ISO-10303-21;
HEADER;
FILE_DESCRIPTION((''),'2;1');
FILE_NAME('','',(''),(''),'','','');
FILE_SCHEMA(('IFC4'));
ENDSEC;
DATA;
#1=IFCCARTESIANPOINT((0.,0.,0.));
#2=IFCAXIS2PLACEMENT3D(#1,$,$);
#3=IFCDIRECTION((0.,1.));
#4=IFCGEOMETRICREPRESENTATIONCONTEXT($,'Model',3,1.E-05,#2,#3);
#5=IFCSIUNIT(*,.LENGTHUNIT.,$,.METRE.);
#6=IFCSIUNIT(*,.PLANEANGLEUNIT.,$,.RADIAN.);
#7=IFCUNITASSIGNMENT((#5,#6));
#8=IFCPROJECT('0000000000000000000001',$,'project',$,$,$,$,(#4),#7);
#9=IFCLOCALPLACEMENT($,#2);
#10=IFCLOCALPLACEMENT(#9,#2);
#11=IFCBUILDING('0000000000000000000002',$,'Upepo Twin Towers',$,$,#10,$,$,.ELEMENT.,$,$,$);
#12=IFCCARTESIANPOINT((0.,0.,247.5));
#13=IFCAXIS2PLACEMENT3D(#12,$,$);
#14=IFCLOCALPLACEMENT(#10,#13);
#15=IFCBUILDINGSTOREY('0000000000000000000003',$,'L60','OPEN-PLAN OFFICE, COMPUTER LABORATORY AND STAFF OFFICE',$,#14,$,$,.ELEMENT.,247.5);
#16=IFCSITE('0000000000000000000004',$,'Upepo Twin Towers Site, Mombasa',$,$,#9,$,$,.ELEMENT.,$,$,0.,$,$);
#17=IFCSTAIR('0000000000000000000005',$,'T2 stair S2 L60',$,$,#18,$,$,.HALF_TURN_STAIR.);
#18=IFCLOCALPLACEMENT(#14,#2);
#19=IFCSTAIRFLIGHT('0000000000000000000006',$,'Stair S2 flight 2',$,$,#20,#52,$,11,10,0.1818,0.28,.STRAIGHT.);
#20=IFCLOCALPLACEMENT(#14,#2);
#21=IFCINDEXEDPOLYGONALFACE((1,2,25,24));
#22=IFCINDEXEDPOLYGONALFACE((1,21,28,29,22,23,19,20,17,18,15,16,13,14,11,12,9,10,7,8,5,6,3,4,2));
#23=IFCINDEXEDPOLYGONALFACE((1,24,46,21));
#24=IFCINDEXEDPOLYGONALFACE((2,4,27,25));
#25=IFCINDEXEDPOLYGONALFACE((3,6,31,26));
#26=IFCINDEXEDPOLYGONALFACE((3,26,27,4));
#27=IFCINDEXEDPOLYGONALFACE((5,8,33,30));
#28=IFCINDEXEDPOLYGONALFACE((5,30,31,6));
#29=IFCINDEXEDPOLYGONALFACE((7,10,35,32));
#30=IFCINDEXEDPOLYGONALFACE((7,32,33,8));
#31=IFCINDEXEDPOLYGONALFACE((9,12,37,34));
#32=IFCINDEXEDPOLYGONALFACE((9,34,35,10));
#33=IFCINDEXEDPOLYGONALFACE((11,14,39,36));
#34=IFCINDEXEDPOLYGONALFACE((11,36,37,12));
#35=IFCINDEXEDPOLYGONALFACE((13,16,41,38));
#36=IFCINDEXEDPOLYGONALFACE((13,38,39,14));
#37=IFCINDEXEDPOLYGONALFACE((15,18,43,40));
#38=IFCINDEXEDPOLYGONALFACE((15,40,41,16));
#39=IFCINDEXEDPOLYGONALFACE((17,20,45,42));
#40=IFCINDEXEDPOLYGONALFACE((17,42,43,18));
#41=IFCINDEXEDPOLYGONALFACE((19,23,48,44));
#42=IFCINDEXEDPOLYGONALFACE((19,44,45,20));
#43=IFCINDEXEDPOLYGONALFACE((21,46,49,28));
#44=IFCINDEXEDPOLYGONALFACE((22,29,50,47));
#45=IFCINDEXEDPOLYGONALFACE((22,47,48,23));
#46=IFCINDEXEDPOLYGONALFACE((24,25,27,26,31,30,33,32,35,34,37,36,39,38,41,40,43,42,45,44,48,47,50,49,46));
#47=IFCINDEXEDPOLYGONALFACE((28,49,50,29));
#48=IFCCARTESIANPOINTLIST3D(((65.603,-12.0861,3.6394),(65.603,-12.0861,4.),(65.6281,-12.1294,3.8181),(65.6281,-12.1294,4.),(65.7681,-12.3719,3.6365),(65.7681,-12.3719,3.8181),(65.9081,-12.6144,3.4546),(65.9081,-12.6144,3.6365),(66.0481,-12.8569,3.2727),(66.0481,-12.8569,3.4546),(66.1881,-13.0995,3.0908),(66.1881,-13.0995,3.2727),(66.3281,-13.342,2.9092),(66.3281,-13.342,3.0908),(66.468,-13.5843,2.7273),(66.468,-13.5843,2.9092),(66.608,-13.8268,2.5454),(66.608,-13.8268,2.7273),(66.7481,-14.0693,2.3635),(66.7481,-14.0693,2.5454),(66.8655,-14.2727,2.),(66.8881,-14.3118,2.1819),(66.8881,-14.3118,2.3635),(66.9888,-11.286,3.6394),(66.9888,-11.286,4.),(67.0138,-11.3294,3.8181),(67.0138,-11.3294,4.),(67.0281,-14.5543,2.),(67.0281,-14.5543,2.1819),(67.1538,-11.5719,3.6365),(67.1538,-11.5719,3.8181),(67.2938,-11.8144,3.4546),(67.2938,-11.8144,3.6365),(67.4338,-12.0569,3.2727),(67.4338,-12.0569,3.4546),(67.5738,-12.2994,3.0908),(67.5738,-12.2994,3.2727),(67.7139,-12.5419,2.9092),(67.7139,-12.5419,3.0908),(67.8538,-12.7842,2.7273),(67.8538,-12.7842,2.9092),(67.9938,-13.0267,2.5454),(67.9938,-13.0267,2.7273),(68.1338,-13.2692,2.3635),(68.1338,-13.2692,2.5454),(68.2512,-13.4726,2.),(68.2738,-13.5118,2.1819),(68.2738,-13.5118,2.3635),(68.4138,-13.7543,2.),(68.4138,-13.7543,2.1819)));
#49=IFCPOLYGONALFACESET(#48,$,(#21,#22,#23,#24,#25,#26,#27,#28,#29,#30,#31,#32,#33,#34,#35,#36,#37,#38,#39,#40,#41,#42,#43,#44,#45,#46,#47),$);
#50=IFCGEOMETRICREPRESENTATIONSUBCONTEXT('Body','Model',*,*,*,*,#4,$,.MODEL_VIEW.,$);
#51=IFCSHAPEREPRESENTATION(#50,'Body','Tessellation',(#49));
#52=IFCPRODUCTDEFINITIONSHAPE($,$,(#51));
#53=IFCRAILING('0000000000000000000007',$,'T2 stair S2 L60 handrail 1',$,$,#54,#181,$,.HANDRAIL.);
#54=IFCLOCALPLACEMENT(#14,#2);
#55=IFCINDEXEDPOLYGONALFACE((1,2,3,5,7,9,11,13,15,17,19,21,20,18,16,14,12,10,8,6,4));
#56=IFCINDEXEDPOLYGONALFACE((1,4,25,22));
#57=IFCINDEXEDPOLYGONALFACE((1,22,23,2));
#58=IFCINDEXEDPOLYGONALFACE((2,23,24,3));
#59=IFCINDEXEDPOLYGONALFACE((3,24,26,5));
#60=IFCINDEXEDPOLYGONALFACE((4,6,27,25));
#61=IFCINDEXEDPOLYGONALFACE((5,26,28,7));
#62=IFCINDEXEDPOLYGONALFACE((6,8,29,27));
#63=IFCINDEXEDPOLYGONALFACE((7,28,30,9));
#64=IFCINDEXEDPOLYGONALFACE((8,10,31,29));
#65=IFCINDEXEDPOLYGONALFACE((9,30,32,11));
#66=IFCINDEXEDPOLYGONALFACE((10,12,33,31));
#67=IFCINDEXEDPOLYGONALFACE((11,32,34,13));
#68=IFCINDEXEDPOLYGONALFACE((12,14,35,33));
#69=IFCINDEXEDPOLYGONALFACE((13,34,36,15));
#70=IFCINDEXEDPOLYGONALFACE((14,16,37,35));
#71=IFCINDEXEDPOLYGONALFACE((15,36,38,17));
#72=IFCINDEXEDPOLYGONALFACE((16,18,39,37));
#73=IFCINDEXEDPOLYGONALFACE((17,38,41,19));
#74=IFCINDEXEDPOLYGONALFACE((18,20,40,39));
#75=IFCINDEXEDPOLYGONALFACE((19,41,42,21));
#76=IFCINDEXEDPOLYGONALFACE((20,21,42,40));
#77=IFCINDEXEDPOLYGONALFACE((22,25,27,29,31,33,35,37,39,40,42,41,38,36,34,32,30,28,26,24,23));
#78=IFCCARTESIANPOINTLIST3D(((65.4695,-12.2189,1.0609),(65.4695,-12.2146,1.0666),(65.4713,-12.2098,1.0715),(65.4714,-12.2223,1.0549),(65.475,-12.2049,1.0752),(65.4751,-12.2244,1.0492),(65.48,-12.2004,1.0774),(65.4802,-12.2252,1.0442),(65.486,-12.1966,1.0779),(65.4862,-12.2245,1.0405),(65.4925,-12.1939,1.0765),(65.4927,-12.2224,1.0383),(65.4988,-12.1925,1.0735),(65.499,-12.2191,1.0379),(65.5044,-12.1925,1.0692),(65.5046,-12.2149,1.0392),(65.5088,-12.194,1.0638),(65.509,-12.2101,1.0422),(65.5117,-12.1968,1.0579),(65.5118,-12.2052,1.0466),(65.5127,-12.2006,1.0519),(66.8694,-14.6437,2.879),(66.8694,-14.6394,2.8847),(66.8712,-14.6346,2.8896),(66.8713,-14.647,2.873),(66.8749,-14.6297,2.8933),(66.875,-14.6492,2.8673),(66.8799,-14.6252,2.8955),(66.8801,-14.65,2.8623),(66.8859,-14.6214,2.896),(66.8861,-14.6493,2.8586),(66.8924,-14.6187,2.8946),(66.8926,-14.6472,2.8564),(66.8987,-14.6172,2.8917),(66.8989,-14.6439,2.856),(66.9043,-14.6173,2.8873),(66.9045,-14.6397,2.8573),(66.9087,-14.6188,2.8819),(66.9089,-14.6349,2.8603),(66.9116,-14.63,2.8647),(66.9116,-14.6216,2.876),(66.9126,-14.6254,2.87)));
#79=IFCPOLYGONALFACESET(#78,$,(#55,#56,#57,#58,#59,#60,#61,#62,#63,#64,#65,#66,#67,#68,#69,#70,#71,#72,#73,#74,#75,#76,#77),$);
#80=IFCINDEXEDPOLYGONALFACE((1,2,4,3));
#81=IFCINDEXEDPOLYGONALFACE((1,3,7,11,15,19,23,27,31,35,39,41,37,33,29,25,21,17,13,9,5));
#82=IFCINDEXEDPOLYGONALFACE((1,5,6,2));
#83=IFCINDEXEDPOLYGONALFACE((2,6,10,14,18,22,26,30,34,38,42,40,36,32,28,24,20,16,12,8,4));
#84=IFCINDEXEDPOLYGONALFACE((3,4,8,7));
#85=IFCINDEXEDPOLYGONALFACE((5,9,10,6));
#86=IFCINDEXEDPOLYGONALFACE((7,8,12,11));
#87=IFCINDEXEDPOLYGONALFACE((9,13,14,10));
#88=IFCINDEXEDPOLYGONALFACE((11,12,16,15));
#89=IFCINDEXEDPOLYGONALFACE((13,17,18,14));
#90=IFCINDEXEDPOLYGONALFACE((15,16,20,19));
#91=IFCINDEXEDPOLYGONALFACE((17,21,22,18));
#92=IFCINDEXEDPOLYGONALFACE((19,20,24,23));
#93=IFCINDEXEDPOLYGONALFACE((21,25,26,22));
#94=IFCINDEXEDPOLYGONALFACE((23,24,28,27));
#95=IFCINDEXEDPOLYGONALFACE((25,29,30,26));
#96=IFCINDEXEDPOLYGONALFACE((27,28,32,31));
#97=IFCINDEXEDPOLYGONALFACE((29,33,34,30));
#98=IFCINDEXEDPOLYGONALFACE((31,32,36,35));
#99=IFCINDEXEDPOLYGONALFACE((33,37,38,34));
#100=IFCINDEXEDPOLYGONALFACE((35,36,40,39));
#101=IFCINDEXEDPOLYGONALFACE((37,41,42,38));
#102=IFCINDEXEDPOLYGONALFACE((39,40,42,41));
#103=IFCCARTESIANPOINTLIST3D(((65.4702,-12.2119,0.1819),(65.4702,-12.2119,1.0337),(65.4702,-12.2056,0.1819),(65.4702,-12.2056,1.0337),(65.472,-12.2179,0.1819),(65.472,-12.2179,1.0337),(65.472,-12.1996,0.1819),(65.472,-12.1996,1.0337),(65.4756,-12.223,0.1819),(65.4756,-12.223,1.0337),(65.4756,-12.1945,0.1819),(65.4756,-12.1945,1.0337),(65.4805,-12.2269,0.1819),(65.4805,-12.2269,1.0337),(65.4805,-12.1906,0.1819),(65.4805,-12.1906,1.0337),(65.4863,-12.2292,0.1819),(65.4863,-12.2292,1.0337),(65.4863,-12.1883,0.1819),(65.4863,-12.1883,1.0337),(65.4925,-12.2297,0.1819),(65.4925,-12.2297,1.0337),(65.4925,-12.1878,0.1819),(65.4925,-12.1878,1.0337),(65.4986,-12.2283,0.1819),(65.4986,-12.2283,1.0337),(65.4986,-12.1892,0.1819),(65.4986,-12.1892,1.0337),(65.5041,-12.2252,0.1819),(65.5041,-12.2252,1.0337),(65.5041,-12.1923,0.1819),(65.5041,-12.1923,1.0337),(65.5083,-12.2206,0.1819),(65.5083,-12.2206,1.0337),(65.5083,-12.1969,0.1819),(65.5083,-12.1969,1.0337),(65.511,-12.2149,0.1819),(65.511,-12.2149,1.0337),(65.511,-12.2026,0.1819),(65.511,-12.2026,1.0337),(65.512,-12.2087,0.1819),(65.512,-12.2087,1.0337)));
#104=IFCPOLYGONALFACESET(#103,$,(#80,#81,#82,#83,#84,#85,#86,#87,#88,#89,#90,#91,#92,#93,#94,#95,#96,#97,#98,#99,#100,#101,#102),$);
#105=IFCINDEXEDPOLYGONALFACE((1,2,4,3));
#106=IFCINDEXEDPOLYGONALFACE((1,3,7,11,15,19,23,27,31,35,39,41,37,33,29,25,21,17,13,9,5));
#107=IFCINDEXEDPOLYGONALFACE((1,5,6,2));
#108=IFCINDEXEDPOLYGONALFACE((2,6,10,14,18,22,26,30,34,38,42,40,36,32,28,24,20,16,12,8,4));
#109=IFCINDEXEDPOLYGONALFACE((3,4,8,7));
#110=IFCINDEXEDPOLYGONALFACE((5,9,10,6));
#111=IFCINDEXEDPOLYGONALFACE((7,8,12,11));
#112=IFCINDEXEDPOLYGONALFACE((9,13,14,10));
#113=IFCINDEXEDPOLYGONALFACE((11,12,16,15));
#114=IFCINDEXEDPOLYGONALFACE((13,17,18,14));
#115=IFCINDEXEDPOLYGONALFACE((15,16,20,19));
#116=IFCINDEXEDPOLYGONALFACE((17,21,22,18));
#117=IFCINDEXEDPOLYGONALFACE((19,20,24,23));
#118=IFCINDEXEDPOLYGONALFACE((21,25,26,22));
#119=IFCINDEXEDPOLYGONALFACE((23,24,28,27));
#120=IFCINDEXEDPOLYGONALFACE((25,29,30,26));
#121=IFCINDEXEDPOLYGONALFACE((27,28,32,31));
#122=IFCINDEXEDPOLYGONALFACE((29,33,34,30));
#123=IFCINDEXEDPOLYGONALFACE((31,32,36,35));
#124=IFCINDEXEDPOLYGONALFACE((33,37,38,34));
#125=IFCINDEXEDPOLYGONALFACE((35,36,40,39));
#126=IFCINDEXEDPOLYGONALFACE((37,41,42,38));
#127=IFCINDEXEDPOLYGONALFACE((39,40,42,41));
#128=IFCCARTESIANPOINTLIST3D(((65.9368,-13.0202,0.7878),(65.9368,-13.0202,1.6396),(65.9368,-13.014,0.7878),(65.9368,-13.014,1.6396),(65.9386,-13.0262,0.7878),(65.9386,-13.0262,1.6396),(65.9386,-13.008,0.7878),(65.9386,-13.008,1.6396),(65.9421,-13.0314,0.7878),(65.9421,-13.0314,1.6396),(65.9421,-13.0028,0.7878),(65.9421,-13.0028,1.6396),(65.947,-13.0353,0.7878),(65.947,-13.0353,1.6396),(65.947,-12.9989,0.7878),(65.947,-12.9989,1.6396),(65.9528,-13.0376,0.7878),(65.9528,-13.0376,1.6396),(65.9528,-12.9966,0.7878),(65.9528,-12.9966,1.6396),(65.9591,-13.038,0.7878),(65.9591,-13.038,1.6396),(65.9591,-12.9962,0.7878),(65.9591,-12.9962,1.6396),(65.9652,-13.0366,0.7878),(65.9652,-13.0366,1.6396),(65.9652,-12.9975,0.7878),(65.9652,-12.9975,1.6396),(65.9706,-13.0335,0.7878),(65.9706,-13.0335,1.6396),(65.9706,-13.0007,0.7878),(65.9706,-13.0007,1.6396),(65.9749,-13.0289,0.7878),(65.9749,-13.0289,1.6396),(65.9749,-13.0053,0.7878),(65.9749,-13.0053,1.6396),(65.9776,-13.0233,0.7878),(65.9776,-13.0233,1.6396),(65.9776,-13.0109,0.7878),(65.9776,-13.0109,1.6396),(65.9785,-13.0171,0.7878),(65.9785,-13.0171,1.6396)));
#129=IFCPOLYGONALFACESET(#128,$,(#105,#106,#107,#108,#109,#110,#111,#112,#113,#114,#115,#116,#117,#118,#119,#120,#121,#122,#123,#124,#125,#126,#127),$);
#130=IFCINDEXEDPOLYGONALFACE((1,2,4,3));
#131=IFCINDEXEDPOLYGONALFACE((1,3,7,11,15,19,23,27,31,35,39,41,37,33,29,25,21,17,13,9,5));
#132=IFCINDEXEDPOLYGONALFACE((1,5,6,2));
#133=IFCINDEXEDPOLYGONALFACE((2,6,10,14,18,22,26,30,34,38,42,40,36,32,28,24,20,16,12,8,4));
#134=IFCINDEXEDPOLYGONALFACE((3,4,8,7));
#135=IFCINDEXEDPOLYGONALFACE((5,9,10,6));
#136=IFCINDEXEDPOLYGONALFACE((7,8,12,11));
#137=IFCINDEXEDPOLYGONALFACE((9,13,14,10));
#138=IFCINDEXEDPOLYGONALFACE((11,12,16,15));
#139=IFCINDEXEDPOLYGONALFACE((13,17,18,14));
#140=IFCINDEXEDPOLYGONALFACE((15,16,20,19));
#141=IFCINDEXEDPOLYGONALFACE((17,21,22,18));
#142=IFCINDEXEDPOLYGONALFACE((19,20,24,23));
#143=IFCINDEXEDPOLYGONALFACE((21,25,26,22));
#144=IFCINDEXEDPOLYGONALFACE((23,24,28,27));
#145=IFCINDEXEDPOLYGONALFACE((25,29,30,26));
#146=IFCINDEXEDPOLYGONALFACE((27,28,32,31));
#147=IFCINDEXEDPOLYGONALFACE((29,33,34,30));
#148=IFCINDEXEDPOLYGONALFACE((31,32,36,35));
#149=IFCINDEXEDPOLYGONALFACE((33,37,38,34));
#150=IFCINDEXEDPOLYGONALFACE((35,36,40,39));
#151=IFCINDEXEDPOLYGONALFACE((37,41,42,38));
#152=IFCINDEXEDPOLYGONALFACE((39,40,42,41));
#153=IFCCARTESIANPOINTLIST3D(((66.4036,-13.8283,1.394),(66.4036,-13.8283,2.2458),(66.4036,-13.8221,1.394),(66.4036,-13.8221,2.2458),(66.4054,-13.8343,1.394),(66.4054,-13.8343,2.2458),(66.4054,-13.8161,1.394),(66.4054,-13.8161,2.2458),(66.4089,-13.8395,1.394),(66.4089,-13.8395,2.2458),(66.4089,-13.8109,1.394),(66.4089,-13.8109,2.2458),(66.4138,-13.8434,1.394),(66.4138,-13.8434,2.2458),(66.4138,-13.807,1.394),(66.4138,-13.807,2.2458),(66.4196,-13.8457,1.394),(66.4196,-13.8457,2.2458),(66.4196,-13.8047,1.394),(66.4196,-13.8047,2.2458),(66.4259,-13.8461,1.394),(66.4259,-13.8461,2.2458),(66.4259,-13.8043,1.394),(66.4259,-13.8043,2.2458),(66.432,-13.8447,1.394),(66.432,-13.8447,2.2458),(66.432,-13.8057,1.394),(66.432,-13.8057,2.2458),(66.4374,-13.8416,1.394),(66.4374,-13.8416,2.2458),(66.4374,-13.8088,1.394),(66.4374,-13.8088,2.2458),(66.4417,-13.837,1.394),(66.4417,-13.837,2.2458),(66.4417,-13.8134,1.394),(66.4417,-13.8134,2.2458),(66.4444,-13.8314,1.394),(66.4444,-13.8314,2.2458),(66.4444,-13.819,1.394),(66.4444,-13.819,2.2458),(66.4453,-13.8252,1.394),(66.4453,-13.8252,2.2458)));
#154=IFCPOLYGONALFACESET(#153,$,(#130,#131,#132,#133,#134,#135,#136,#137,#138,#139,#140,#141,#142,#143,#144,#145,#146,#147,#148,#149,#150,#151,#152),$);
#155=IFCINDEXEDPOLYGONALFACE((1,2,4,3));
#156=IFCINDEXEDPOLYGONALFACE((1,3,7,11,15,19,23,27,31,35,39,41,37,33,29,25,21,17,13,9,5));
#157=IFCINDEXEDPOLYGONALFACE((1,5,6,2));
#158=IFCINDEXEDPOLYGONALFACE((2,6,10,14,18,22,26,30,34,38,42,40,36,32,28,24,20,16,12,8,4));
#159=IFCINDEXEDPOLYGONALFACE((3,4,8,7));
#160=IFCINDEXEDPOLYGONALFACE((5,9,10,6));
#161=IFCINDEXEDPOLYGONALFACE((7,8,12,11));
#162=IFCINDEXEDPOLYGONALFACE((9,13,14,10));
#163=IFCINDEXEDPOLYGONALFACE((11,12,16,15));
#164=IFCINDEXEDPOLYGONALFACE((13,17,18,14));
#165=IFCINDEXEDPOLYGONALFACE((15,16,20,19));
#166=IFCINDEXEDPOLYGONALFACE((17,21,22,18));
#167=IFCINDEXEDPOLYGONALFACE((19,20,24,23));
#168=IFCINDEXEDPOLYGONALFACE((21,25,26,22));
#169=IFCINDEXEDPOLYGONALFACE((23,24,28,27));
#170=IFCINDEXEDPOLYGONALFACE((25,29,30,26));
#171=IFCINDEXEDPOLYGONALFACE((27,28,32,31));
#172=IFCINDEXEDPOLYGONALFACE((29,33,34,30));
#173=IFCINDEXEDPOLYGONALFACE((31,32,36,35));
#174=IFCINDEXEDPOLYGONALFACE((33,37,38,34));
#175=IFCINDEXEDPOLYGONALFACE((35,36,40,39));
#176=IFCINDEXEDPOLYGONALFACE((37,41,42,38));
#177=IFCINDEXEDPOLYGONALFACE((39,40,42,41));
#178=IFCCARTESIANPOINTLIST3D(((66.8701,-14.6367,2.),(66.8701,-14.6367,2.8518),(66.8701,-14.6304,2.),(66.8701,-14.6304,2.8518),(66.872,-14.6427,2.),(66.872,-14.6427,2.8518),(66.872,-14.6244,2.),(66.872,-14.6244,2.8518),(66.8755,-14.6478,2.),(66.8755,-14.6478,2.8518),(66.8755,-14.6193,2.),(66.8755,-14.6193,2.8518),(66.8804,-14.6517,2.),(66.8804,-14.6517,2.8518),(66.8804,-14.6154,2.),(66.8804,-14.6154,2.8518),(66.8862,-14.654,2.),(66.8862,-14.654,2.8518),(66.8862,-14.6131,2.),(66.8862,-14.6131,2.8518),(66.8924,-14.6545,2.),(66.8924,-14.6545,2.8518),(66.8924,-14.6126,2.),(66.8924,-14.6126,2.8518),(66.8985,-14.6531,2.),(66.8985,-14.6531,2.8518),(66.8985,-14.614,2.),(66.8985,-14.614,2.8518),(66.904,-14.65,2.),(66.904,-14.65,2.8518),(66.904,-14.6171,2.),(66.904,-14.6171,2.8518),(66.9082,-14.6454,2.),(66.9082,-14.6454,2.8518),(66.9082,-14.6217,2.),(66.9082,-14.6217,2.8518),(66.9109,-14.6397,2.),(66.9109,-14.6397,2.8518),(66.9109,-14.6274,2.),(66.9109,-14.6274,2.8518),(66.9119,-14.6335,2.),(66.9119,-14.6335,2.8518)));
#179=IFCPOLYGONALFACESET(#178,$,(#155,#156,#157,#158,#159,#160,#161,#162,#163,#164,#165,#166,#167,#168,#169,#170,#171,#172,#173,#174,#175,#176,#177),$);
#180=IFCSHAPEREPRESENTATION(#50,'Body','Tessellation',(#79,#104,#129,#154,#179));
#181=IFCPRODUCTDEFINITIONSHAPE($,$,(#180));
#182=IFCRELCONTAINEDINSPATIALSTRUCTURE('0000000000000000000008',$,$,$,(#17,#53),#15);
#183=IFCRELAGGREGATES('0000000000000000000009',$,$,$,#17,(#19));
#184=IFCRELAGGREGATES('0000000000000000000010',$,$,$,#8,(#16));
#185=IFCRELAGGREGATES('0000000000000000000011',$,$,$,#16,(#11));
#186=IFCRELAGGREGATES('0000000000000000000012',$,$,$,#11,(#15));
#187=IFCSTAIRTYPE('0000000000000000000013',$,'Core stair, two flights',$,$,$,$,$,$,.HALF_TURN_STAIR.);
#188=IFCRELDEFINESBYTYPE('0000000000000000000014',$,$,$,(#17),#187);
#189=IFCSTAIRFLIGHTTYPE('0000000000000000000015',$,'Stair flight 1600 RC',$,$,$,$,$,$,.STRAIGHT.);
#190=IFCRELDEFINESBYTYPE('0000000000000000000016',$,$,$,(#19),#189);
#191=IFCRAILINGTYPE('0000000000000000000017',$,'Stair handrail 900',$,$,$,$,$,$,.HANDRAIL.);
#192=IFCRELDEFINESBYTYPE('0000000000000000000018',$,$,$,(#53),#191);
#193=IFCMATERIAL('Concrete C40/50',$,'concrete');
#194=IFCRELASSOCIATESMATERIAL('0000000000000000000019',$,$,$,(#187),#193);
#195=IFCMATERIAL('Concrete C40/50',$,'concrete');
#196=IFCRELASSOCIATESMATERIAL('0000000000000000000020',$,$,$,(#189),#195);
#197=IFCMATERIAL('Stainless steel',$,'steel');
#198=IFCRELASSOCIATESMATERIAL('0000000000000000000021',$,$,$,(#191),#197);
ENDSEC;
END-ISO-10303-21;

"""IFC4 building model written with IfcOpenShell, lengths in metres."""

from ifc_helpers import new_model, si_unit, direction, frame, origin, origin_2d, place, context, subcontext, project, spatial, polyline, circle, outline, extrude, material, type_object, element, aggregate, save


model = new_model("IFC4")

# Units and contexts
model_context = context("Model", 3, precision=1e-05, world=origin(), true_north=direction((0.0, 1.0)))
body_context = subcontext(model_context, "Body", "Model", "MODEL_VIEW")
ifc_project = project(units=[si_unit("LENGTHUNIT", "METRE"), si_unit("PLANEANGLEUNIT", "RADIAN")], contexts=[model_context])

# Site, building, storey
site_placement = place(None, origin())
site = spatial("IfcSite", under=ifc_project, at=site_placement, Name="Upepo Twin Towers Site, Mombasa", CompositionType="ELEMENT", RefElevation=0.0)
building_placement = place(site_placement, origin())
building = spatial("IfcBuilding", under=site, at=building_placement, Name="Upepo Twin Towers", CompositionType="ELEMENT")
storey_placement = place(building_placement, frame((0.0, 0.0, 247.5)))
storey = spatial("IfcBuildingStorey", under=building, at=storey_placement, Name="L60", Description="OPEN-PLAN OFFICE, COMPUTER LABORATORY AND STAFF OFFICE", CompositionType="ELEMENT", Elevation=247.5)

# Stair, stair flight
ifc_material_1 = material(Name="Concrete C40/50", Category="concrete")
stair_type = type_object("IfcStairType", Name="Core stair, two flights", PredefinedType="HALF_TURN_STAIR", material=ifc_material_1)
stair_placement = place(storey_placement, origin())
stair = element("IfcStair", 1, at=stair_placement, inside=storey, type_object=stair_type, Name="T2 stair S2 L60", PredefinedType="HALF_TURN_STAIR")
ifc_material_2 = material(Name="Concrete C40/50", Category="concrete")
stair_flight_type = type_object("IfcStairFlightType", Name="Stair flight 1600 RC", PredefinedType="STRAIGHT", material=ifc_material_2)
stair_flight_1_placement = place(storey_placement, frame((67.7209, -14.1543, 2.0), z_axis=(0.0, 0.0, 1.0), x_axis=(-0.5, 0.866025, 0.0)))
stair_flight_1 = element("IfcStairFlight", 2, at=stair_flight_1_placement, type_object=stair_flight_type, Name="Stair S2 flight 2", NumberOfRisers=11, NumberOfTreads=10, PredefinedType="STRAIGHT", RiserHeight=0.1818, TreadLength=0.28, context=body_context, shape_type="SweptSolid", body=[
    extrude(outline(polyline([(0.0, 0.0), (0.0, 0.1819), (0.28, 0.1819), (0.28, 0.3635), (0.5601, 0.3635), (0.5601, 0.5454), (0.8401, 0.5454), (0.8401, 0.7273), (1.1201, 0.7273), (1.1201, 0.9092), (1.3999, 0.9092), (1.3999, 1.0908), (1.6799, 1.0908), (1.6799, 1.2727), (1.96, 1.2727), (1.96, 1.4546), (2.24, 1.4546), (2.24, 1.6365), (2.52, 1.6365), (2.52, 1.8181), (2.8, 1.8181), (2.8, 2.0), (2.8501, 2.0), (2.8501, 1.6394), (0.3252, 0.0), (0.0, 0.0)])), frame((0.0, 0.8, 0.0), z_axis=(0.0, -1.0, 0.0), x_axis=(1.0, 0.0, 0.0)), (0.0, 0.0, 1.0), 1.6001),
])
aggregate(stair, [stair_flight_1])

# Railing
ifc_material_3 = material(Name="Stainless steel", Category="steel")
railing_type = type_object("IfcRailingType", Name="Stair handrail 900", PredefinedType="HANDRAIL", material=ifc_material_3)
railing_1_placement = place(storey_placement, frame((65.491, -12.2087, 0.1819)))
element("IfcRailing", 3, at=railing_1_placement, inside=storey, type_object=railing_type, Name="T2 stair S2 L60 handrail 1", PredefinedType="HANDRAIL", context=body_context, shape_type="SweptSolid", body=[
    extrude(circle(Radius=0.0239, at=origin_2d()), frame((0.0, 0.0, 0.876), z_axis=(0.419333, -0.726336, 0.544606), x_axis=(0.866035, 0.499984, 0.0)), (0.0, 0.0, 1.0), 3.3384),
    extrude(circle(Radius=0.021, at=origin_2d()), origin(), (0.0, 0.0, 1.0), 0.8518),
    extrude(circle(Radius=0.021, at=origin_2d()), frame((0.4666, -0.8083, 0.606)), (0.0, 0.0, 1.0), 0.8518),
    extrude(circle(Radius=0.021, at=origin_2d()), frame((0.9333, -1.6165, 1.2122)), (0.0, 0.0, 1.0), 0.8518),
    extrude(circle(Radius=0.021, at=origin_2d()), frame((1.3999, -2.4248, 1.8181)), (0.0, 0.0, 1.0), 0.8518),
])

save(model, "model.ifc")
